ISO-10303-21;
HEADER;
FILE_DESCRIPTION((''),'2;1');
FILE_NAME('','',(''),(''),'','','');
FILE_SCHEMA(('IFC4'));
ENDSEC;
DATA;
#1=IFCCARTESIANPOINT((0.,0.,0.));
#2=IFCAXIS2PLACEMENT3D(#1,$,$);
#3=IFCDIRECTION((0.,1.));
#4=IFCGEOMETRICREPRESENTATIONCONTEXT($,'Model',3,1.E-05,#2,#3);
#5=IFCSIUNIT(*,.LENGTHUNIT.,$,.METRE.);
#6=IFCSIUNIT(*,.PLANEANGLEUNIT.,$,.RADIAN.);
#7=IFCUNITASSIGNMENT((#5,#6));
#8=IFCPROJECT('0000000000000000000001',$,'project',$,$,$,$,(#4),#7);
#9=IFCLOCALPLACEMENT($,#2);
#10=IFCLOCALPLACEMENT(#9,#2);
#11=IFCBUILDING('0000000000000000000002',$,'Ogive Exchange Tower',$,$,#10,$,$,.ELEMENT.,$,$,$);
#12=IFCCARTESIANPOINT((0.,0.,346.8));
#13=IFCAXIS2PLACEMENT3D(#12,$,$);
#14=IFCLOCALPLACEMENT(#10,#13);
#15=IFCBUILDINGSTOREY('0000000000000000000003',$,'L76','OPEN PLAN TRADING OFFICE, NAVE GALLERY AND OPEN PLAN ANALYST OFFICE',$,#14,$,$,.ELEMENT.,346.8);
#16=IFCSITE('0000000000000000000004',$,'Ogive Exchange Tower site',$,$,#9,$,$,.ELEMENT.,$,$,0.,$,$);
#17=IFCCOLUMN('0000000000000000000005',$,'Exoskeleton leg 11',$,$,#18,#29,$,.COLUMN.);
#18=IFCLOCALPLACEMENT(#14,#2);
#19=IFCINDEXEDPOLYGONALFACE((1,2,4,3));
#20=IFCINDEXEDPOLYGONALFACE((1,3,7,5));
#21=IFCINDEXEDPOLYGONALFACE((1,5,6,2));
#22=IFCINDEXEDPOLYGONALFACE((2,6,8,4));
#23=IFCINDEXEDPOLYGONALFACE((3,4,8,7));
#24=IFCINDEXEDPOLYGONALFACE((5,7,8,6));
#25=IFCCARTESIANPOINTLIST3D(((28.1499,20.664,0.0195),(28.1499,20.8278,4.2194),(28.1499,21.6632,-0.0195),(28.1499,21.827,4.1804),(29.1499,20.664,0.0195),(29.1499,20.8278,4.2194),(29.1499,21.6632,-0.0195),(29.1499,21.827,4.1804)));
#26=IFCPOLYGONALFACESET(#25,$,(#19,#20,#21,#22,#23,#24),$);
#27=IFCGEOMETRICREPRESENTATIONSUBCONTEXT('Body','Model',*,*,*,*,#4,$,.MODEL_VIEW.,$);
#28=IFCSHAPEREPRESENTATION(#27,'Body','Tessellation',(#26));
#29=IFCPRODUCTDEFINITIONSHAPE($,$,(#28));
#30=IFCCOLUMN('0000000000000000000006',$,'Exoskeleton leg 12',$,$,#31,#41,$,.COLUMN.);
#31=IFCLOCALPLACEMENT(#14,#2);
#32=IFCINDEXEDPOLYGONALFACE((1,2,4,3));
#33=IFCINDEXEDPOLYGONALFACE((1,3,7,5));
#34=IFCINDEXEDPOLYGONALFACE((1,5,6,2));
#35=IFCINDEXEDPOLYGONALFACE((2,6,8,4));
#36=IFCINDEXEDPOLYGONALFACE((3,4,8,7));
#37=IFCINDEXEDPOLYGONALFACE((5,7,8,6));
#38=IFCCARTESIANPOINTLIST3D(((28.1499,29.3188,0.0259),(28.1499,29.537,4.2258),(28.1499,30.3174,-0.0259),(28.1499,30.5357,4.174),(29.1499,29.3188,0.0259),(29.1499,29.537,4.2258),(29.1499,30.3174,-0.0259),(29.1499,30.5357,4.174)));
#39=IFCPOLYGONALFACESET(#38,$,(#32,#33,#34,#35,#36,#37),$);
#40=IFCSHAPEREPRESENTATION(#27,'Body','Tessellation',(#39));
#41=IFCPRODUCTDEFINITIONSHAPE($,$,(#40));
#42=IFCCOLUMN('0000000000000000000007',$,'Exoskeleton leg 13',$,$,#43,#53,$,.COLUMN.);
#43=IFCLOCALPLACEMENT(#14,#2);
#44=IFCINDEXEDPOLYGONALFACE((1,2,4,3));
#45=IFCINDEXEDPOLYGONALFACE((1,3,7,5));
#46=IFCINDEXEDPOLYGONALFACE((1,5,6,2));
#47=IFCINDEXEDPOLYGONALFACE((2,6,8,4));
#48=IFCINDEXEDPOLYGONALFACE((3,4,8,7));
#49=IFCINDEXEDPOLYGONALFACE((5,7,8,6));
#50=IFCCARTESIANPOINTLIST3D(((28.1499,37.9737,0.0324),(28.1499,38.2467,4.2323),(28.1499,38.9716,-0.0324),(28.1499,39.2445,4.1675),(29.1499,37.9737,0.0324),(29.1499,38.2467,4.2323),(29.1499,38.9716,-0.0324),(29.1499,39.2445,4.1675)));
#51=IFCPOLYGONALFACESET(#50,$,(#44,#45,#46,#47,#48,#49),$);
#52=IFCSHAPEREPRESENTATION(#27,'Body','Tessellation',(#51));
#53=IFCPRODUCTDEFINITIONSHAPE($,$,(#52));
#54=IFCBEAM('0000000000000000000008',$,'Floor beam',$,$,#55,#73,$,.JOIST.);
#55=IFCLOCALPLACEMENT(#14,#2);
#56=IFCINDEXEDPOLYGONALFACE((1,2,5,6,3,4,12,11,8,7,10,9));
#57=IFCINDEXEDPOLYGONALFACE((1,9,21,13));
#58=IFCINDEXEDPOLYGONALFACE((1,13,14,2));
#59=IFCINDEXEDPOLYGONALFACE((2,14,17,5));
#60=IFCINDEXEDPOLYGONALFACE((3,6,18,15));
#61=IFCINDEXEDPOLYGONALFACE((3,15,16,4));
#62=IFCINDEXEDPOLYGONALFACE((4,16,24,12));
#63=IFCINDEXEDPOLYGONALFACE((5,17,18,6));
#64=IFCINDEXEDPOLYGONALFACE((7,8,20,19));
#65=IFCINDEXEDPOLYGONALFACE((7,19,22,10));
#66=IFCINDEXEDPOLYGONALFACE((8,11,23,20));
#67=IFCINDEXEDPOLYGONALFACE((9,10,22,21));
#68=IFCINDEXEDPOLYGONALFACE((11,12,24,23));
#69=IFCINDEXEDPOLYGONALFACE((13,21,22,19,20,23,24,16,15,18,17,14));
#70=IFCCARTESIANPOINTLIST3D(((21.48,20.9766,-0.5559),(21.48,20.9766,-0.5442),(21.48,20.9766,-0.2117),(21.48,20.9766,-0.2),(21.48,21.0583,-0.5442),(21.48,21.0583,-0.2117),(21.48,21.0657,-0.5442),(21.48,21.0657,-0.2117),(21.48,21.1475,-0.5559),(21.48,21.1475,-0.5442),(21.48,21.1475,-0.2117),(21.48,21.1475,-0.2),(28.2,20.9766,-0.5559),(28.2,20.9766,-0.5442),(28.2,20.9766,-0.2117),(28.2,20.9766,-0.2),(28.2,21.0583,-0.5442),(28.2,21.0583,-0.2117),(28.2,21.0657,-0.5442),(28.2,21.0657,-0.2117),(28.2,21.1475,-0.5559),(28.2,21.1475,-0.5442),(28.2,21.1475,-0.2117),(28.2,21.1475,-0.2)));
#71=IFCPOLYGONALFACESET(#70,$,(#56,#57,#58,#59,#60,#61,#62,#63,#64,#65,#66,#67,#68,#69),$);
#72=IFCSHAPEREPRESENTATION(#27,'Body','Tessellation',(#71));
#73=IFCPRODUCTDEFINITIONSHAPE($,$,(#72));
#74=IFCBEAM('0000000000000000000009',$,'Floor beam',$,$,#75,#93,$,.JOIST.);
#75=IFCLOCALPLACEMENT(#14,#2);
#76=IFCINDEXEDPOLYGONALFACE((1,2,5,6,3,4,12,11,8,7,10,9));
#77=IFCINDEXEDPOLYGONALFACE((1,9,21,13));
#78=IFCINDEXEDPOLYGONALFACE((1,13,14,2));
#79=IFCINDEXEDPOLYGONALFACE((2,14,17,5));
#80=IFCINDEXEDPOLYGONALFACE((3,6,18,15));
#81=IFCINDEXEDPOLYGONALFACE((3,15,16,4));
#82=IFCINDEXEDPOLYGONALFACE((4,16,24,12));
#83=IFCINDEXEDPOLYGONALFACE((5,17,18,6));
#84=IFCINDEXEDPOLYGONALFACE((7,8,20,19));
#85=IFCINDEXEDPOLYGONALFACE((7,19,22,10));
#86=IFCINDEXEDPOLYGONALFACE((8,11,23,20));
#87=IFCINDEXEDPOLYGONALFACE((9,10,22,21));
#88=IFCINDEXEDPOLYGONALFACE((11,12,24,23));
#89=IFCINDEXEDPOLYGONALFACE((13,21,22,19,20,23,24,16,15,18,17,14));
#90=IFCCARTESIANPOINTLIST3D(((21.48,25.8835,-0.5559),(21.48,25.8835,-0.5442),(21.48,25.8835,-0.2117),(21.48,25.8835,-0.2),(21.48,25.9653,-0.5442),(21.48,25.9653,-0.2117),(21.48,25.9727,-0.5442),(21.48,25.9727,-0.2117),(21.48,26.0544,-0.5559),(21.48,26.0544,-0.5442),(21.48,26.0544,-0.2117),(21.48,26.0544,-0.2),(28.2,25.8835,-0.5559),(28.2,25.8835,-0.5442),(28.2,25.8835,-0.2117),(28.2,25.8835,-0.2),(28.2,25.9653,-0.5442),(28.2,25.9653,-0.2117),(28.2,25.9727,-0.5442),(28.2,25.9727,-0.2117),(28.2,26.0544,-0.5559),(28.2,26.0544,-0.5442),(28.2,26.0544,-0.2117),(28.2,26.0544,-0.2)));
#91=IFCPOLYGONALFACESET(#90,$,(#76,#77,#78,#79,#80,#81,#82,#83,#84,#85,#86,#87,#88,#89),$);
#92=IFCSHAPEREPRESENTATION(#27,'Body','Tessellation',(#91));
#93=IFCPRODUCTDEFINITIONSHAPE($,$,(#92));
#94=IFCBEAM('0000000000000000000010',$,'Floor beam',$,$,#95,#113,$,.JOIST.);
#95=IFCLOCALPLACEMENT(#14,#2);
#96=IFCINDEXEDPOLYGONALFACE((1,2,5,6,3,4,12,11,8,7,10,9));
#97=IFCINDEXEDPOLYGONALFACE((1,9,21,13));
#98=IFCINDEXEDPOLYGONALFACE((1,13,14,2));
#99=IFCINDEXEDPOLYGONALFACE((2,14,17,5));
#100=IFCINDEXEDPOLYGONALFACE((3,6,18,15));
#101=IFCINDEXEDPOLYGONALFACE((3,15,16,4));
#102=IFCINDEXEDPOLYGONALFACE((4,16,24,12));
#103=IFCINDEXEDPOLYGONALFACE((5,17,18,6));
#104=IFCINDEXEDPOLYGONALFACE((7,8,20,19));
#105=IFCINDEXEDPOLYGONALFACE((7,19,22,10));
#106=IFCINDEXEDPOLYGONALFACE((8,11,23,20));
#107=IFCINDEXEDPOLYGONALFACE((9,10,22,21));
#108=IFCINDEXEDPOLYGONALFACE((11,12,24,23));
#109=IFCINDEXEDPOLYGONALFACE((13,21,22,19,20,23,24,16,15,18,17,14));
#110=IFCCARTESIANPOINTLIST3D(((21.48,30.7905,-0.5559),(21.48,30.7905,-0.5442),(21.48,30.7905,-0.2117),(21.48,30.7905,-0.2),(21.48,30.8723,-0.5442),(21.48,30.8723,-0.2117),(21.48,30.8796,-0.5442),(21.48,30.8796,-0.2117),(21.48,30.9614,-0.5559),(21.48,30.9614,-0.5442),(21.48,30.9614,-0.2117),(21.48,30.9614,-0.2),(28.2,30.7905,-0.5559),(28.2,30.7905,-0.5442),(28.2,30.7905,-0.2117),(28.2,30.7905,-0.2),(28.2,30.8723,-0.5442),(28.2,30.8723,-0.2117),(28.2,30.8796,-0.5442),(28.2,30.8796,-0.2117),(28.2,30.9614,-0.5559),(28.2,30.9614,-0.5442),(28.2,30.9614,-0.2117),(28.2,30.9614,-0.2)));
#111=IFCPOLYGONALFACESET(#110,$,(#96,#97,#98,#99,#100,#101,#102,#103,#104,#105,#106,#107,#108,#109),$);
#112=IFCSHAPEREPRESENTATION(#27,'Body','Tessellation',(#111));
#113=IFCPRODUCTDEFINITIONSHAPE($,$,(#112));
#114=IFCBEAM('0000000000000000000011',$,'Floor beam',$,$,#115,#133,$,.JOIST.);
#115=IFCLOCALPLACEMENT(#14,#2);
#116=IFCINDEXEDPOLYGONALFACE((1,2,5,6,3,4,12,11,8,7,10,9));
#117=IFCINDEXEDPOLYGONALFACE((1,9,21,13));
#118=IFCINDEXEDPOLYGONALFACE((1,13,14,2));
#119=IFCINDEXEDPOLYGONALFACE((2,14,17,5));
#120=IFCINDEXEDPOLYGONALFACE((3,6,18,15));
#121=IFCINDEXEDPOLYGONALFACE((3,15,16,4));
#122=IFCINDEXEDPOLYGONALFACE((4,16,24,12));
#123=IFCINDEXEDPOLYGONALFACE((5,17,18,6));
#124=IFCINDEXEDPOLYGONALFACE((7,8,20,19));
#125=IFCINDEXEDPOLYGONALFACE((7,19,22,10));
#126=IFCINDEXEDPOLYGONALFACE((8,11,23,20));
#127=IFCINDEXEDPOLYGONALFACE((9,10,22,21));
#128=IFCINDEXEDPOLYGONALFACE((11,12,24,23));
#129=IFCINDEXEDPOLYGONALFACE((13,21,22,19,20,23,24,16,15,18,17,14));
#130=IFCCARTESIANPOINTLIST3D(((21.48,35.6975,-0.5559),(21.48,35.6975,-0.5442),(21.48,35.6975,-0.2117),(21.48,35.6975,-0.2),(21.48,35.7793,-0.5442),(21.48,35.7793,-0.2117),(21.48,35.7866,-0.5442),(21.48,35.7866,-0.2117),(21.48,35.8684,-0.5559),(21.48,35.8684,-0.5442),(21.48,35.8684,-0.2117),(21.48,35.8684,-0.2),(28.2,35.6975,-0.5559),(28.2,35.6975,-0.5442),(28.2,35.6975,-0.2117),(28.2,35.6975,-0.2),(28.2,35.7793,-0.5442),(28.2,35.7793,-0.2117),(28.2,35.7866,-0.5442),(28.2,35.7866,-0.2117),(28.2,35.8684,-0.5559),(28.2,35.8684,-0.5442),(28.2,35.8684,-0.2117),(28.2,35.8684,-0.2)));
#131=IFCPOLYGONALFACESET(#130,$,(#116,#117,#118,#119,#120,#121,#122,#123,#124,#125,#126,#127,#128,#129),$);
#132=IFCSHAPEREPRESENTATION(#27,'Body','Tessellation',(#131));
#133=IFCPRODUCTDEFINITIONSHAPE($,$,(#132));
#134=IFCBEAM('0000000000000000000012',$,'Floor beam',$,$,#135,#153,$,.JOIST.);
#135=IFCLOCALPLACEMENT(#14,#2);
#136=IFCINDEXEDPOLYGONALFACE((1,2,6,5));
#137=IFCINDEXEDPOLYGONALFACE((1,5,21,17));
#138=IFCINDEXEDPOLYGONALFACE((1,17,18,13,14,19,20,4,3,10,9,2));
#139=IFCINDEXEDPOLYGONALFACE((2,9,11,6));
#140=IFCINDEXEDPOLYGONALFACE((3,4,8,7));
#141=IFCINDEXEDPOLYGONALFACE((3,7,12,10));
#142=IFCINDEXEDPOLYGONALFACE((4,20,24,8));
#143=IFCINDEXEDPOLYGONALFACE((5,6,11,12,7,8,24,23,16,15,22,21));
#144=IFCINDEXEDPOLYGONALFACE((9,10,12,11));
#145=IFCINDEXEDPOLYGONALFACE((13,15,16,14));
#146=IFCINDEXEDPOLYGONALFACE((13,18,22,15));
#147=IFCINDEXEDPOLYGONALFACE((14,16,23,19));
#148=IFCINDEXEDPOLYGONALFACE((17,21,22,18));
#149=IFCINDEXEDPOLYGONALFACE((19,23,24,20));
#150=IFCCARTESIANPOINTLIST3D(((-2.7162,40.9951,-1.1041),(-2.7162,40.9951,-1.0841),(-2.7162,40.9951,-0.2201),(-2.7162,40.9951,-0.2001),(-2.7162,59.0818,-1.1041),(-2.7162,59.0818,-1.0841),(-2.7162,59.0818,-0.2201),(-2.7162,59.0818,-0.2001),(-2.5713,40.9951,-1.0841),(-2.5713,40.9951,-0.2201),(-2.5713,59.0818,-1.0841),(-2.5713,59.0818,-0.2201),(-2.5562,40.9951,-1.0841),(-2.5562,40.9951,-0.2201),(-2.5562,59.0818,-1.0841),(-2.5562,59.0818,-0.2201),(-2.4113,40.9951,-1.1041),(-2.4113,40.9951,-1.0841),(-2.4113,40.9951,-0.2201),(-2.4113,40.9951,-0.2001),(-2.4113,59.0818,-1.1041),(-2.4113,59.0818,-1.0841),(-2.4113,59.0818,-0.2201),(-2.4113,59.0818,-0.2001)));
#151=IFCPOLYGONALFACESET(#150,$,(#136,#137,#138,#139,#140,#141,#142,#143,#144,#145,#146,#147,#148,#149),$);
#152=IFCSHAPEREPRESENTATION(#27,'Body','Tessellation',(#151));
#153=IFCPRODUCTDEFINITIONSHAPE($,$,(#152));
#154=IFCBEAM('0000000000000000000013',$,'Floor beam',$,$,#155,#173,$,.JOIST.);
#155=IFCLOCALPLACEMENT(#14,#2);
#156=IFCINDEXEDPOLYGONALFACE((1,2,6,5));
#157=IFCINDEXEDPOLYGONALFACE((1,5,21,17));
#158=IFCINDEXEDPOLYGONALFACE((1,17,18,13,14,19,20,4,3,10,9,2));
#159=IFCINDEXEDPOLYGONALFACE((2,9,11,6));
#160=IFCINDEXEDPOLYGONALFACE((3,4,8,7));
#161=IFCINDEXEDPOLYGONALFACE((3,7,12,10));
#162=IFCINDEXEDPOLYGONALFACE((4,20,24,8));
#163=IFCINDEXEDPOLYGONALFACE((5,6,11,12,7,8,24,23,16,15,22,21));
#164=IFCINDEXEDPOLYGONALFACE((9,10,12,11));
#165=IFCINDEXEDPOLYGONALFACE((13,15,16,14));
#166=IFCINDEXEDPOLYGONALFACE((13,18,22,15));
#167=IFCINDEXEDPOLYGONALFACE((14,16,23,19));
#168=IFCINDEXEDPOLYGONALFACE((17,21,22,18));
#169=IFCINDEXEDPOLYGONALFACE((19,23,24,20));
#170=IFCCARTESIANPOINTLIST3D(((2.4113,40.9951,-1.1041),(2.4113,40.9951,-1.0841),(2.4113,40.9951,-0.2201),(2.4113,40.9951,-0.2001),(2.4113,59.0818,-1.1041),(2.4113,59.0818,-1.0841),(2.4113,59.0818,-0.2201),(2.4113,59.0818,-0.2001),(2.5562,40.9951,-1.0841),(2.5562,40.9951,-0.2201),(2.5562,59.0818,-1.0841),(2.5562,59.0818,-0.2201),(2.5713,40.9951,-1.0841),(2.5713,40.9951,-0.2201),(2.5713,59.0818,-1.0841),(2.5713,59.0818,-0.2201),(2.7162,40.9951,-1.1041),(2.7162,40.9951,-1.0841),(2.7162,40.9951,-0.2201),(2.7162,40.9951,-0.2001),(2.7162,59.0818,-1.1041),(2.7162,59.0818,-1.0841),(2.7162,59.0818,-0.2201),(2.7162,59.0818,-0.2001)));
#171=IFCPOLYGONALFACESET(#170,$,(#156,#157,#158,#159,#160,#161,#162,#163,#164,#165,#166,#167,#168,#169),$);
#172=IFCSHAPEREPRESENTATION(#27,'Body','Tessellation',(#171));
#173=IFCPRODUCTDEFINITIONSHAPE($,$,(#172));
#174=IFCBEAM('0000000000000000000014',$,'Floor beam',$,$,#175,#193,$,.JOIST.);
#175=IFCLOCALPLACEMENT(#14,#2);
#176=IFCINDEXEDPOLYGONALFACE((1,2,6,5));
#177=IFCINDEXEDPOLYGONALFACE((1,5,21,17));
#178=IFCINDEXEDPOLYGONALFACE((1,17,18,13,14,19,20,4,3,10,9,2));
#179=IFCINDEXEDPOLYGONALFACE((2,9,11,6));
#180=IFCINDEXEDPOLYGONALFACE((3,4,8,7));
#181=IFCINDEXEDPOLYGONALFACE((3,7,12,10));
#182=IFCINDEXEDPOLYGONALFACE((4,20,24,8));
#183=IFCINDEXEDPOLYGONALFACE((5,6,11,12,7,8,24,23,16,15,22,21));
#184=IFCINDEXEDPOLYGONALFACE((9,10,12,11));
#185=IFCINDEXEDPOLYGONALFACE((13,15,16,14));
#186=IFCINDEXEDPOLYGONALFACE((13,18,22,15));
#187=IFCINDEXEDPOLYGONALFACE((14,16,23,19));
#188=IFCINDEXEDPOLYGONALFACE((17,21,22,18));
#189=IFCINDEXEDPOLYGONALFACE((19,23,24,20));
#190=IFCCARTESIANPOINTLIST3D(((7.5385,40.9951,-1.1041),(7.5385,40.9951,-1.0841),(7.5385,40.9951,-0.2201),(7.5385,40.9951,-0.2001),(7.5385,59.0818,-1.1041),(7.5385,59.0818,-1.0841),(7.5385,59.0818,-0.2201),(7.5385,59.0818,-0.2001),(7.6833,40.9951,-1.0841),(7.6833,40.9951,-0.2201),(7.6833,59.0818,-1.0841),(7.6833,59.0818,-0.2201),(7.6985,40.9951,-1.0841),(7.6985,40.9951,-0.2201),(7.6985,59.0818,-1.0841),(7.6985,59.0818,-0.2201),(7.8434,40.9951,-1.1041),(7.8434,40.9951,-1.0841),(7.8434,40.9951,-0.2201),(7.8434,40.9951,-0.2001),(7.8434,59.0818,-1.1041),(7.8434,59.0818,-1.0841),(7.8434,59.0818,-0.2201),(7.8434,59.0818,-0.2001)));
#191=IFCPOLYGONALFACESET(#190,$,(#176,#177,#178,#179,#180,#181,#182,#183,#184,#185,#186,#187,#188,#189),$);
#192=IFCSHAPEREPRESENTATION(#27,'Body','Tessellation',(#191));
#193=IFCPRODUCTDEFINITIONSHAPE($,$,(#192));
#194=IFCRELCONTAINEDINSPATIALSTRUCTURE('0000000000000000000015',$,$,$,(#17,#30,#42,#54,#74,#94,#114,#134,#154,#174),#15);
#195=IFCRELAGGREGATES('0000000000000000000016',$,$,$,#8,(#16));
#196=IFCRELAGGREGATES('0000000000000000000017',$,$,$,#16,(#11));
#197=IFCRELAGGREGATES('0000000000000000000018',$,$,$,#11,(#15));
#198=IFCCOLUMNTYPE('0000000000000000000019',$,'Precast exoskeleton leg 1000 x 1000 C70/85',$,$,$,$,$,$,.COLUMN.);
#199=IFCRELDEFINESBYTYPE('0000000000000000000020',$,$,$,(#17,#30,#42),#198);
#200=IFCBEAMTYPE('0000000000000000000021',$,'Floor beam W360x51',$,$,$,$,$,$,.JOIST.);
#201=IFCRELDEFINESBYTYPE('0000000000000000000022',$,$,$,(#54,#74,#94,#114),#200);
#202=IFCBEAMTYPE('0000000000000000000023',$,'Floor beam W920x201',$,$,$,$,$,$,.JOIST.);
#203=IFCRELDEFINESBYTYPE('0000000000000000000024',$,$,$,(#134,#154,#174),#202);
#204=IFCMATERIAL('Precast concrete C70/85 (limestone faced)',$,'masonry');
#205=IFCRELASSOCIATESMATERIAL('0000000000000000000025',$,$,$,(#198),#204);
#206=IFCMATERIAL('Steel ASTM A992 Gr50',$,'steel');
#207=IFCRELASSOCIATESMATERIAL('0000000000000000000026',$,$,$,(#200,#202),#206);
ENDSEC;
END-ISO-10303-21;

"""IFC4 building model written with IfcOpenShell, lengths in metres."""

from ifc_helpers import new_model, si_unit, direction, frame, origin, origin_2d, place, context, subcontext, project, spatial, rectangle, i_section, extrude, material, material_profile, profile_set, type_object, element, save


model = new_model("IFC4")

# Units and contexts
model_context = context("Model", 3, precision=1e-05, world=origin(), true_north=direction((0.0, 1.0)))
body_context = subcontext(model_context, "Body", "Model", "MODEL_VIEW")
ifc_project = project(units=[si_unit("LENGTHUNIT", "METRE"), si_unit("PLANEANGLEUNIT", "RADIAN")], contexts=[model_context])

# Site, building, storey
site_placement = place(None, origin())
site = spatial("IfcSite", under=ifc_project, at=site_placement, Name="Ogive Exchange Tower site", CompositionType="ELEMENT", RefElevation=0.0)
building_placement = place(site_placement, origin())
building = spatial("IfcBuilding", under=site, at=building_placement, Name="Ogive Exchange Tower", CompositionType="ELEMENT")
storey_placement = place(building_placement, frame((0.0, 0.0, 346.8)))
storey = spatial("IfcBuildingStorey", under=building, at=storey_placement, Name="L76", Description="OPEN PLAN TRADING OFFICE, NAVE GALLERY AND OPEN PLAN ANALYST OFFICE", CompositionType="ELEMENT", Elevation=346.8)

# Columns
ifc_material_1 = material(Name="Precast concrete C70/85 (limestone faced)", Category="masonry")
ifc_material_profile_1 = material_profile(ifc_material_1, rectangle(XDim=1.0, YDim=1.0, at=origin_2d()), Name="1000 x 1000")
ifc_profile_set_1 = profile_set([ifc_material_profile_1], Name="Precast concrete C70/85 (limestone faced)")
column_type = type_object("IfcColumnType", Name="Precast exoskeleton leg 1000 x 1000 C70/85", PredefinedType="COLUMN", material=ifc_profile_set_1)
column_1_placement = place(storey_placement, frame((28.6499, 21.1636, 0.0), z_axis=(0.0, 0.038975, 0.99924), x_axis=(-1.0, 0.0, 0.0)))
element("IfcColumn", 1, at=column_1_placement, inside=storey, type_object=column_type, Name="Exoskeleton leg 11", PredefinedType="COLUMN", context=body_context, shape_type="SweptSolid", body=[
    extrude(rectangle(XDim=1.0, YDim=1.0, at=origin_2d()), origin(), (0.0, 0.0, 1.0), 4.2031),
])
column_2_placement = place(storey_placement, frame((28.6499, 29.8181, 0.0), z_axis=(0.0, 0.051898, 0.998652), x_axis=(-1.0, 0.0, 0.0)))
element("IfcColumn", 2, at=column_2_placement, inside=storey, type_object=column_type, Name="Exoskeleton leg 12", PredefinedType="COLUMN", context=body_context, shape_type="SweptSolid", body=[
    extrude(rectangle(XDim=1.0, YDim=1.0, at=origin_2d()), origin(), (0.0, 0.0, 1.0), 4.2056),
])
column_3_placement = place(storey_placement, frame((28.6499, 38.4727, 0.0), z_axis=(0.0, 0.064852, 0.997895), x_axis=(-1.0, 0.0, 0.0)))
element("IfcColumn", 3, at=column_3_placement, inside=storey, type_object=column_type, Name="Exoskeleton leg 13", PredefinedType="COLUMN", context=body_context, shape_type="SweptSolid", body=[
    extrude(rectangle(XDim=1.0, YDim=1.0, at=origin_2d()), origin(), (0.0, 0.0, 1.0), 4.2087),
])

# Beams
ifc_material_2 = material(Name="Steel ASTM A992 Gr50", Category="steel")
ifc_material_profile_2 = material_profile(ifc_material_2, i_section(OverallWidth=0.1709, OverallDepth=0.356, WebThickness=0.0073, FlangeThickness=0.0117, at=origin_2d()), Name="W360x51")
ifc_profile_set_2 = profile_set([ifc_material_profile_2], Name="Steel ASTM A992 Gr50")
beam_type_1 = type_object("IfcBeamType", Name="Floor beam W360x51", PredefinedType="JOIST", material=ifc_profile_set_2)
for number, where, z_axis, x_axis, name in (
    (4, (21.48, 21.062, -0.3779), (1.0, 0.0, 0.0), (0.0, 1.0, 0.0), "Floor beam"),
    (5, (21.48, 25.969, -0.3779), (1.0, 0.0, 0.0), (0.0, 1.0, 0.0), "Floor beam"),
    (6, (21.48, 30.876, -0.3779), (1.0, 0.0, 0.0), (0.0, 1.0, 0.0), "Floor beam"),
    (7, (21.48, 35.783, -0.3779), (1.0, 0.0, 0.0), (0.0, 1.0, 0.0), "Floor beam"),
):
    element("IfcBeam", number, at=place(storey_placement, frame(where, z_axis=z_axis, x_axis=x_axis)), inside=storey, type_object=beam_type_1, Name=name, PredefinedType="JOIST", context=body_context, shape_type="SweptSolid", body=[
        extrude(i_section(OverallWidth=0.1709, OverallDepth=0.356, WebThickness=0.0073, FlangeThickness=0.0117, at=origin_2d()), origin(), (0.0, 0.0, 1.0), 6.72),
    ])
ifc_material_profile_3 = material_profile(ifc_material_2, i_section(OverallWidth=0.3049, OverallDepth=0.9041, WebThickness=0.0151, FlangeThickness=0.02, at=origin_2d()), Name="W920x201")
ifc_profile_set_3 = profile_set([ifc_material_profile_3], Name="Steel ASTM A992 Gr50")
beam_type_2 = type_object("IfcBeamType", Name="Floor beam W920x201", PredefinedType="JOIST", material=ifc_profile_set_3)
for number, where, z_axis, x_axis, name in (
    (8, (-2.5637, 40.9951, -0.6521), (0.0, 1.0, 0.0), (-1.0, 0.0, 0.0), "Floor beam"),
    (9, (2.5637, 40.9951, -0.6521), (0.0, 1.0, 0.0), (-1.0, 0.0, 0.0), "Floor beam"),
    (10, (7.6909, 40.9951, -0.6521), (0.0, 1.0, 0.0), (-1.0, 0.0, 0.0), "Floor beam"),
):
    element("IfcBeam", number, at=place(storey_placement, frame(where, z_axis=z_axis, x_axis=x_axis)), inside=storey, type_object=beam_type_2, Name=name, PredefinedType="JOIST", context=body_context, shape_type="SweptSolid", body=[
        extrude(i_section(OverallWidth=0.3049, OverallDepth=0.9041, WebThickness=0.0151, FlangeThickness=0.02, at=origin_2d()), origin(), (0.0, 0.0, 1.0), 18.0867),
    ])

save(model, "model.ifc")
